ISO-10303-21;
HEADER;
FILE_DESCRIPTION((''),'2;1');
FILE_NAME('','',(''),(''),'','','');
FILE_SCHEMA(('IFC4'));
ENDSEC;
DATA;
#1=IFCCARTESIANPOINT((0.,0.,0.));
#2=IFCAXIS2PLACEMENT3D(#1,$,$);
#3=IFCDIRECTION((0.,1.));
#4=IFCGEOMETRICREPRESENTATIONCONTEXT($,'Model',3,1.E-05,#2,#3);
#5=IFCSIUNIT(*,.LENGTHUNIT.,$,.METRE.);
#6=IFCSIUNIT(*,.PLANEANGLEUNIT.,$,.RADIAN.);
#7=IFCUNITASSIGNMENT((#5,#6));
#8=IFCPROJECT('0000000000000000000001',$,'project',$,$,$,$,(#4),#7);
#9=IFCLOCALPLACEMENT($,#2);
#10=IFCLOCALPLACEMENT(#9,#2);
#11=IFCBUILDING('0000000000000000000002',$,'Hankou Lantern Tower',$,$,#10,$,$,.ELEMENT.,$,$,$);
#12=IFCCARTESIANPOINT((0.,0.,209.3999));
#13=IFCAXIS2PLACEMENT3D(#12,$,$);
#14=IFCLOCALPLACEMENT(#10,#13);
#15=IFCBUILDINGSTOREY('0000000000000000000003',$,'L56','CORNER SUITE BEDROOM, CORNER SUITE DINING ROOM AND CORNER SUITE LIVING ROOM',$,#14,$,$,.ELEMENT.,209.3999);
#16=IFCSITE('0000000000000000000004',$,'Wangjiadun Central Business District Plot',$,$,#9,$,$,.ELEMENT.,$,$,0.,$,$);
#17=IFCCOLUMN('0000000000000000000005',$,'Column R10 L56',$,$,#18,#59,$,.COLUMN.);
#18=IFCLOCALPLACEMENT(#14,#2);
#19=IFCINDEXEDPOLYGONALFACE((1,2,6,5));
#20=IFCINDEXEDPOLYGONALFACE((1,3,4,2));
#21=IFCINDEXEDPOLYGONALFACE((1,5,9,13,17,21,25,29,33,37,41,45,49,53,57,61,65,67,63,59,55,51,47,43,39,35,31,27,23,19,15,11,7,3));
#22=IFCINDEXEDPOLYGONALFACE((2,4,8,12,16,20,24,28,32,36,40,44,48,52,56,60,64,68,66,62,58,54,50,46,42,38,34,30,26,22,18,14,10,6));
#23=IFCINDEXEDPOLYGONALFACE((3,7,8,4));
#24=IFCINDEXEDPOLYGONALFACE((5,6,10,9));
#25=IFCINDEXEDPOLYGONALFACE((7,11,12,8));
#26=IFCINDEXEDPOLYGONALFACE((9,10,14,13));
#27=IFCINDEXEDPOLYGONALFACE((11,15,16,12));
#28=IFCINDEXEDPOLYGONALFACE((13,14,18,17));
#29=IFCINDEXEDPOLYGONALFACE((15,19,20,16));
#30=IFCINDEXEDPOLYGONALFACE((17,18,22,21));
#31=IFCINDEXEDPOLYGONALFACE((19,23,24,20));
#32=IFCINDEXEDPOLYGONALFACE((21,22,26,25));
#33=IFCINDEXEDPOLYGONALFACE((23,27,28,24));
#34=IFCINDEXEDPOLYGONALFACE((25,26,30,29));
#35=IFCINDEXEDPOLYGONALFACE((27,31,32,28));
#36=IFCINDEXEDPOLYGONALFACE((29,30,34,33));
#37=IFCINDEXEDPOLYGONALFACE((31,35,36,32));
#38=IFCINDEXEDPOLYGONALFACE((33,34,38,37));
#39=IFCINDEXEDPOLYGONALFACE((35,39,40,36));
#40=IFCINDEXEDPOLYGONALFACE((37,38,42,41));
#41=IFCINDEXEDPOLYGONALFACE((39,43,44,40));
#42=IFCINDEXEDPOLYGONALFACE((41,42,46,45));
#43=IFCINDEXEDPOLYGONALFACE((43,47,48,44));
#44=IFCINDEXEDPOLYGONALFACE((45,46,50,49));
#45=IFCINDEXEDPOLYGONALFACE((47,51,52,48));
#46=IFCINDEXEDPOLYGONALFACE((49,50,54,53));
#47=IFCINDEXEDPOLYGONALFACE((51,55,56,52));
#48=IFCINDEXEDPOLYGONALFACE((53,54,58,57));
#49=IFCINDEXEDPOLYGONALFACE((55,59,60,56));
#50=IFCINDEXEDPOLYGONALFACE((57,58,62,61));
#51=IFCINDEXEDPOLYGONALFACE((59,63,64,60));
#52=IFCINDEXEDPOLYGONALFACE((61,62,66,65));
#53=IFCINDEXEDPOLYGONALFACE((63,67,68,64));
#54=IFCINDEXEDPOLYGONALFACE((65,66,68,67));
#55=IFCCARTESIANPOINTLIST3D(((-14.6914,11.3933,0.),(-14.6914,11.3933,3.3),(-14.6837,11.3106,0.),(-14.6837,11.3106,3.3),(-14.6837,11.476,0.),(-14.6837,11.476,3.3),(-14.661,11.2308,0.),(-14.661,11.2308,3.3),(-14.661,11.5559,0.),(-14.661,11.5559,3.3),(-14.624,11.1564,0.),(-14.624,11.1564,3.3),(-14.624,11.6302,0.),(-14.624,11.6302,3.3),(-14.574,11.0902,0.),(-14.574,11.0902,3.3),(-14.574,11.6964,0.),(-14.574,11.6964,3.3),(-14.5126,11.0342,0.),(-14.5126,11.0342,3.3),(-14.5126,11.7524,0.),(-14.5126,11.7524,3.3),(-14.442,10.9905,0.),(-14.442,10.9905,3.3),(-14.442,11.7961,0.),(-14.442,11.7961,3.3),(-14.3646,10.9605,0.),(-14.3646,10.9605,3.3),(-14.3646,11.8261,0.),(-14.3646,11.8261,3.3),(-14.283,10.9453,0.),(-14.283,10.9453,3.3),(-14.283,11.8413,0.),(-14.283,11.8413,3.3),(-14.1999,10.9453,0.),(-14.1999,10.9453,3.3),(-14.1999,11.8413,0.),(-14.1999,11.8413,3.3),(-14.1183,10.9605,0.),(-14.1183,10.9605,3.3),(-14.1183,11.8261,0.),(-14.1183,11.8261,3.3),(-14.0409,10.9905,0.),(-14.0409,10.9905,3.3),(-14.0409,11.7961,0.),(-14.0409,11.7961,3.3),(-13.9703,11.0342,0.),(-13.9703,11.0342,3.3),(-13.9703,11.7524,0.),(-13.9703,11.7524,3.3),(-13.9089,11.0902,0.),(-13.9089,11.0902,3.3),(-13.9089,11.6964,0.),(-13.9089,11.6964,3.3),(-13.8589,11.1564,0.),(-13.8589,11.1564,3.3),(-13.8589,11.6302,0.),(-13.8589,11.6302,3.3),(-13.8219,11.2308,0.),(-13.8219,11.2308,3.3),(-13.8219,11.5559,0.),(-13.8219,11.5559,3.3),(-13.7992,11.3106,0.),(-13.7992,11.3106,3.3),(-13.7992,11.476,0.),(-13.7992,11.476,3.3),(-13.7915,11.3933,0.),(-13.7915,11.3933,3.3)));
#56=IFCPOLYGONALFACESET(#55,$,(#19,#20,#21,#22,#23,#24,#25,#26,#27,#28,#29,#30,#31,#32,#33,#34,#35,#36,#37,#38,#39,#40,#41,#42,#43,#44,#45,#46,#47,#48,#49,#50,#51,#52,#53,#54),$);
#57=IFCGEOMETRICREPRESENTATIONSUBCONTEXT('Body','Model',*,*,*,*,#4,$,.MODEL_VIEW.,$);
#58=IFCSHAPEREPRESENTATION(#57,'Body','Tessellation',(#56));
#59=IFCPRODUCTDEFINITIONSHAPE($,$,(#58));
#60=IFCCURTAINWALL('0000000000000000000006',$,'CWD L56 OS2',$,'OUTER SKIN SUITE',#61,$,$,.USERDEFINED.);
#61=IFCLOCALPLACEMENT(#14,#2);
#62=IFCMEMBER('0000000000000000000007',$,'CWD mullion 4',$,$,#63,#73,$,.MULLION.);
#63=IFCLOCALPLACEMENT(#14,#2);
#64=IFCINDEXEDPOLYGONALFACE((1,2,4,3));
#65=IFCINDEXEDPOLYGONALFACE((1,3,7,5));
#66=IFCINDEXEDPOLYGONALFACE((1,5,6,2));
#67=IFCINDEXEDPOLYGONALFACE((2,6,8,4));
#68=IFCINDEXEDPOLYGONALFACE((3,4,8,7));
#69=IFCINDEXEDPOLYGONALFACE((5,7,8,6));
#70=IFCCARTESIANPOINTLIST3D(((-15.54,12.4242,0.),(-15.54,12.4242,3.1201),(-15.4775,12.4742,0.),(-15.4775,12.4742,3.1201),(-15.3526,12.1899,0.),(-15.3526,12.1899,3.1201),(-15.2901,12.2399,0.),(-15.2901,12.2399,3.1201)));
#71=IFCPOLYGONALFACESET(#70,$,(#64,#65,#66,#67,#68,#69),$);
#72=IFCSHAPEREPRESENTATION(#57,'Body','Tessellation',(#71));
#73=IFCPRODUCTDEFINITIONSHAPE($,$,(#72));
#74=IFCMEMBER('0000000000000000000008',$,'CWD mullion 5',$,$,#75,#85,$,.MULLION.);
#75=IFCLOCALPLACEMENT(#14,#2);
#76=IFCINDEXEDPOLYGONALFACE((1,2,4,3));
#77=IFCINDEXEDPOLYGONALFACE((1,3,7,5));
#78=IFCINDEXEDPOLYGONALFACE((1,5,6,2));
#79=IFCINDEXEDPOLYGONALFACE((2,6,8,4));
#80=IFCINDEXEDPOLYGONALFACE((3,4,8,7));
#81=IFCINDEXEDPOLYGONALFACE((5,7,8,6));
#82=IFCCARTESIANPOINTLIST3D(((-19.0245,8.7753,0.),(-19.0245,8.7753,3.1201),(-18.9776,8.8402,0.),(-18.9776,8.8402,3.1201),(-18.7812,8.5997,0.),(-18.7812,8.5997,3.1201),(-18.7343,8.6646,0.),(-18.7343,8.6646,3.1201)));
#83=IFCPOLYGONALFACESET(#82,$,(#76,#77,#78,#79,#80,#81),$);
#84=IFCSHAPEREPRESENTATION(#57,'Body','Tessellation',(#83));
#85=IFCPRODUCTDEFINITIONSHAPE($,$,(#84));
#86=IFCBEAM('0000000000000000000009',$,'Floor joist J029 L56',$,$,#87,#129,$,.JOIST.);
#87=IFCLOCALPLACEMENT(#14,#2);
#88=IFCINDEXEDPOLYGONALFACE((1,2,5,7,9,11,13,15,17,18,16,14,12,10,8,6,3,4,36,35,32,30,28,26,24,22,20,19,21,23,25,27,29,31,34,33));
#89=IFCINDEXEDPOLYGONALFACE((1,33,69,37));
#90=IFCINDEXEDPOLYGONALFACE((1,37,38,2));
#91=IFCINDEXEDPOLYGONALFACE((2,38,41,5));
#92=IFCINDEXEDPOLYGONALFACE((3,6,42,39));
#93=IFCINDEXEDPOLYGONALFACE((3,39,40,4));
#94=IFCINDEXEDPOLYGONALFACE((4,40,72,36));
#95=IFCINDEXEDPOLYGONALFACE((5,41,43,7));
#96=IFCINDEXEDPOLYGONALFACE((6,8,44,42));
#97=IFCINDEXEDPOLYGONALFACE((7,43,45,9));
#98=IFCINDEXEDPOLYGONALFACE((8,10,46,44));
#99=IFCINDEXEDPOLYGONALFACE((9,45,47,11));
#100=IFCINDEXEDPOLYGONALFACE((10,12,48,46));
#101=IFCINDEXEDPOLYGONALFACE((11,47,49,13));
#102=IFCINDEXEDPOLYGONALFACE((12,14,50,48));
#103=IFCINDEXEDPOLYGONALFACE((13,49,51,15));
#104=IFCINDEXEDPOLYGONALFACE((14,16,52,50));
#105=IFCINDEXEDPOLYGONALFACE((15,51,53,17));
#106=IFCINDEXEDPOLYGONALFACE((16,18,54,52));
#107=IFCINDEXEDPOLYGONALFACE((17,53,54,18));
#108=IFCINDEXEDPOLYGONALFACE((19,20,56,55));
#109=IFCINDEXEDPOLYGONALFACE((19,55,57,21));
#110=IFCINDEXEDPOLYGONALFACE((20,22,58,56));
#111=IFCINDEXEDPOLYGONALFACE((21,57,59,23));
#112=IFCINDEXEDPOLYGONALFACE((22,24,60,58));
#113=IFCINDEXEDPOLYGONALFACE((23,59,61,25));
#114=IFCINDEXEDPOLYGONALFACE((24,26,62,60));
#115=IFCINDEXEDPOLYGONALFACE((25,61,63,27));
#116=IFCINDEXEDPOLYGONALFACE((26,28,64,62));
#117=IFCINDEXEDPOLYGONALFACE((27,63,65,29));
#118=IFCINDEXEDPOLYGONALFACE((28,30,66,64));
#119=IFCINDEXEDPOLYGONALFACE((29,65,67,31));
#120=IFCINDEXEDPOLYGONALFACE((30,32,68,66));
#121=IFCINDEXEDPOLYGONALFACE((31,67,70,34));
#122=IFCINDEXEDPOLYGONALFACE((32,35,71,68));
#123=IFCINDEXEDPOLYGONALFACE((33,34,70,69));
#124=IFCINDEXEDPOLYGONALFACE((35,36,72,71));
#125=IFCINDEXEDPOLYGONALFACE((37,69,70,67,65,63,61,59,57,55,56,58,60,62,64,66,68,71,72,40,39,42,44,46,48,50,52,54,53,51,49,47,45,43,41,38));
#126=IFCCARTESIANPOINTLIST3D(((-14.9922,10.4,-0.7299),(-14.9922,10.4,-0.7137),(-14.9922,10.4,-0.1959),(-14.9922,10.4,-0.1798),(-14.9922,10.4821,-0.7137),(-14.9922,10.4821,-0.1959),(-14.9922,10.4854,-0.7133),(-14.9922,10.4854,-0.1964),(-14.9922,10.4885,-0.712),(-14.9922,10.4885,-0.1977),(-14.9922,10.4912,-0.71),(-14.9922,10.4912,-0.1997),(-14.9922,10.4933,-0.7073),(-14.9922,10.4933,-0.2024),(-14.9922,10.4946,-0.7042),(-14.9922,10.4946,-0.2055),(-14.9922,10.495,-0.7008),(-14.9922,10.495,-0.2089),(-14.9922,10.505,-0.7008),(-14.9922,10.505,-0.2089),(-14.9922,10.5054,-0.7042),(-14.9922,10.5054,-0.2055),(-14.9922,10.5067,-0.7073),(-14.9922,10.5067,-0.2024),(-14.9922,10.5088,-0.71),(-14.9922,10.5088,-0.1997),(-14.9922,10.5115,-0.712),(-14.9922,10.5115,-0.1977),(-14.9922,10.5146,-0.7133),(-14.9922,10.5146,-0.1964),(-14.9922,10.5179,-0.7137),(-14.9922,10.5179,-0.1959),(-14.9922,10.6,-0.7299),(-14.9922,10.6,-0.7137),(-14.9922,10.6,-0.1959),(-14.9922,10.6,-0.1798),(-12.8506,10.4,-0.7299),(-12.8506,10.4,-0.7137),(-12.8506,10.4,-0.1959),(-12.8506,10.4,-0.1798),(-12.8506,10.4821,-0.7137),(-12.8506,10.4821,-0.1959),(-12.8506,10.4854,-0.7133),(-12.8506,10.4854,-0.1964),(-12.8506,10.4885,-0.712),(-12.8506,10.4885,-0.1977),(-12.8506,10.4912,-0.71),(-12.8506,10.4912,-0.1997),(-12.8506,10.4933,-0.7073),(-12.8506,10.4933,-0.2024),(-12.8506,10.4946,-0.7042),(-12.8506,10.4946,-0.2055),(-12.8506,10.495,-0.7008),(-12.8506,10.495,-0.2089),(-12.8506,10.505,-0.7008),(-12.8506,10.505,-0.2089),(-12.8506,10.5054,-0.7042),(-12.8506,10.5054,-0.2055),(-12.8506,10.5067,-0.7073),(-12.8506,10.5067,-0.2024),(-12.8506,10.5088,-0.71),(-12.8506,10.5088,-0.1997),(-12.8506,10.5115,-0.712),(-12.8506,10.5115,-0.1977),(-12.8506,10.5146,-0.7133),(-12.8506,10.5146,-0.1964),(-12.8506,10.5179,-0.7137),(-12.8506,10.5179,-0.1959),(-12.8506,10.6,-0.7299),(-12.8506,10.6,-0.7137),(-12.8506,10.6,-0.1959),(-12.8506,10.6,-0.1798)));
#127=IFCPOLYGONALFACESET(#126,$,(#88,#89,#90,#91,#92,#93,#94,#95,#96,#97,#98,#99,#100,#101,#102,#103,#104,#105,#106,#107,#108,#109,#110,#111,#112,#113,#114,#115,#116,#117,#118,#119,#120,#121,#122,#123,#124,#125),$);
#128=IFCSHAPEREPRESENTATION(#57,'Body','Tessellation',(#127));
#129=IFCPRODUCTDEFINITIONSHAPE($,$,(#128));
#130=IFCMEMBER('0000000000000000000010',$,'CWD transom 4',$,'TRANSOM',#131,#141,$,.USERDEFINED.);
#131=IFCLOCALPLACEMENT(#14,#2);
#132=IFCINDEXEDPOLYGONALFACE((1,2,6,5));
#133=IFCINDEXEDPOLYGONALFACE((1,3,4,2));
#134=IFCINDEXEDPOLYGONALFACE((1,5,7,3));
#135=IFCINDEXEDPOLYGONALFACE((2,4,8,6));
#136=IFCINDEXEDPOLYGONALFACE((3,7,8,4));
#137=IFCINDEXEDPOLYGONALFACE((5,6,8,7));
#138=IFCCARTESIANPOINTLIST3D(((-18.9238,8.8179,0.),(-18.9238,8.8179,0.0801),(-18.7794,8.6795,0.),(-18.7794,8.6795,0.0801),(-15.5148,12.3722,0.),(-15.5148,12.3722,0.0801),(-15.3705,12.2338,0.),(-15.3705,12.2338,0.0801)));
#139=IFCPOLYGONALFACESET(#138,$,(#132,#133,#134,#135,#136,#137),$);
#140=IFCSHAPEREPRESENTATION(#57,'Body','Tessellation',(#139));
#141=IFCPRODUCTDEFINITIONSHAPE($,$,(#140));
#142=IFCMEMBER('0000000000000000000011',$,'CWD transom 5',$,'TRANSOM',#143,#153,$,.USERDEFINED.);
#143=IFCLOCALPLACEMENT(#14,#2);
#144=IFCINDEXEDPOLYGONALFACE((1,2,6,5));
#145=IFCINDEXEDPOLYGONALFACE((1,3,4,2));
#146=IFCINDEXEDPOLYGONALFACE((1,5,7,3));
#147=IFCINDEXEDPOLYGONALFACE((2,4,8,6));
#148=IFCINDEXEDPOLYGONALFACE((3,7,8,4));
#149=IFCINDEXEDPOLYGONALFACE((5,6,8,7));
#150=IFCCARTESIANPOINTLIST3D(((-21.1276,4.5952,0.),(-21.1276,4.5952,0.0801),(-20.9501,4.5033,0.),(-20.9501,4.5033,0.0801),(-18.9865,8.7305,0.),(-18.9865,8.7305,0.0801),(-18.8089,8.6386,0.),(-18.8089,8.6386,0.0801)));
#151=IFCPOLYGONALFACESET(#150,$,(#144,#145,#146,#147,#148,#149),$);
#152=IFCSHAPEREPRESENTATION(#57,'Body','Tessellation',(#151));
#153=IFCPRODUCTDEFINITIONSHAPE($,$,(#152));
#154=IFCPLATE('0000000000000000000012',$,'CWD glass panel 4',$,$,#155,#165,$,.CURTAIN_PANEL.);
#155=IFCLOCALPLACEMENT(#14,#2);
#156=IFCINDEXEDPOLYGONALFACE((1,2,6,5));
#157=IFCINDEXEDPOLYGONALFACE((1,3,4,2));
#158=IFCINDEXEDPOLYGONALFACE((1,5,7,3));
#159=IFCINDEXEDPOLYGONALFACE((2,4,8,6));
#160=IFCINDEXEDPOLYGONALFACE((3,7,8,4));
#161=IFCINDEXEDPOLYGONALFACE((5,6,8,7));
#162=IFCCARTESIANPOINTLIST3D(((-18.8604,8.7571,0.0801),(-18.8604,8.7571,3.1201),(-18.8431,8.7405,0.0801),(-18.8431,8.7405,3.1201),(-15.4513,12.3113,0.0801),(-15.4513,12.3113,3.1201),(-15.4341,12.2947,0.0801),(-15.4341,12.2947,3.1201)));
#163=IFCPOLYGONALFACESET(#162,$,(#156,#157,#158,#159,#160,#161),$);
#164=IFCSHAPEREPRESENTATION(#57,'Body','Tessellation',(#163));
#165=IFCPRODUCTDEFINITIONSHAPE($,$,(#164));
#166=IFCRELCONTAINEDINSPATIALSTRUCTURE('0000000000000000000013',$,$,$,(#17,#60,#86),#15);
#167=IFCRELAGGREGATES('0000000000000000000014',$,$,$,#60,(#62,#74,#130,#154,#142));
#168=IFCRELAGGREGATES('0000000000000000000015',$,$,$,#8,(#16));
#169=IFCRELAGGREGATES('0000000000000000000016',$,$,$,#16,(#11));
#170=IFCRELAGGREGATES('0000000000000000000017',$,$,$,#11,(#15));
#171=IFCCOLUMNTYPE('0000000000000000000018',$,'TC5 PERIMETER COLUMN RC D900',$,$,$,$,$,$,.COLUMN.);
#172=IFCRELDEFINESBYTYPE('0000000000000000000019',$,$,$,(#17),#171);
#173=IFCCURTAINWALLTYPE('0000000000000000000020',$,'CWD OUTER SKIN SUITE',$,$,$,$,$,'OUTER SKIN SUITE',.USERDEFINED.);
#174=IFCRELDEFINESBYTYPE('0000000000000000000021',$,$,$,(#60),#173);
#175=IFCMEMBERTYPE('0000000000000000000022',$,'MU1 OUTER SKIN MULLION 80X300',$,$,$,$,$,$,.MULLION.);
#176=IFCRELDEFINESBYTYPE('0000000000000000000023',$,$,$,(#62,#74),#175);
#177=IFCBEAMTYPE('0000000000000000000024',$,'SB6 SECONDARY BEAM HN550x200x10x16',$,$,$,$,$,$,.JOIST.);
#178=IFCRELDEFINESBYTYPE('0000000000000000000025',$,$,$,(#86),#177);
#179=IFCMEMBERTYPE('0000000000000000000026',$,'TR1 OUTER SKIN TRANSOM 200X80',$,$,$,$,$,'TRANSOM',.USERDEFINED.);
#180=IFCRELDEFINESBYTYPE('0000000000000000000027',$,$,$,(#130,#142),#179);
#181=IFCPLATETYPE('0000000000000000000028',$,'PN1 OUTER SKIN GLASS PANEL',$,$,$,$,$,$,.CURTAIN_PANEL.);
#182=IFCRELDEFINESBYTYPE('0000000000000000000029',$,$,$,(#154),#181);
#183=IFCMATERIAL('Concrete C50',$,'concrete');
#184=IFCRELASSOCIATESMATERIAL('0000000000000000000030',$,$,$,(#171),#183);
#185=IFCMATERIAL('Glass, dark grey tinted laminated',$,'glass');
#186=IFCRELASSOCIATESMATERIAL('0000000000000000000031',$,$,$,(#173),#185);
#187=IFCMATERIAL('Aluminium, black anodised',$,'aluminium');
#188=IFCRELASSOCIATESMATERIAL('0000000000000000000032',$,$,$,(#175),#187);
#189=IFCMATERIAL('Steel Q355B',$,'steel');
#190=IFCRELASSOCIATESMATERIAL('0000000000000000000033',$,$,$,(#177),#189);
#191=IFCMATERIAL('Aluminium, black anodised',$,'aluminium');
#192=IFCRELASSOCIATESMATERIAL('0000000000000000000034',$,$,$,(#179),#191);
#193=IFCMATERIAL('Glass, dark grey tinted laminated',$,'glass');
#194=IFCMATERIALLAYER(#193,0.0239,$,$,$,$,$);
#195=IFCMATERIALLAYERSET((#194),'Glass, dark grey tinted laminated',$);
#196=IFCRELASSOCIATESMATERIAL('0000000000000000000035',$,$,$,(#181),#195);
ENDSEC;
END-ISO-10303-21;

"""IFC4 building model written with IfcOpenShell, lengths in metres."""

from ifc_helpers import new_model, si_unit, direction, frame, origin, origin_2d, place, context, subcontext, project, spatial, rectangle, circle, i_section, extrude, material, layer, layer_set, material_profile, profile_set, type_object, element, aggregate, save


model = new_model("IFC4")

# Units and contexts
model_context = context("Model", 3, precision=1e-05, world=origin(), true_north=direction((0.0, 1.0)))
body_context = subcontext(model_context, "Body", "Model", "MODEL_VIEW")
ifc_project = project(units=[si_unit("LENGTHUNIT", "METRE"), si_unit("PLANEANGLEUNIT", "RADIAN")], contexts=[model_context])

# Site, building, storey
site_placement = place(None, origin())
site = spatial("IfcSite", under=ifc_project, at=site_placement, Name="Wangjiadun Central Business District Plot", CompositionType="ELEMENT", RefElevation=0.0)
building_placement = place(site_placement, origin())
building = spatial("IfcBuilding", under=site, at=building_placement, Name="Hankou Lantern Tower", CompositionType="ELEMENT")
storey_placement = place(building_placement, frame((0.0, 0.0, 209.3999)))
storey = spatial("IfcBuildingStorey", under=building, at=storey_placement, Name="L56", Description="CORNER SUITE BEDROOM, CORNER SUITE DINING ROOM AND CORNER SUITE LIVING ROOM", CompositionType="ELEMENT", Elevation=209.3999)

# Column
ifc_material_1 = material(Name="Concrete C50", Category="concrete")
ifc_material_profile_1 = material_profile(ifc_material_1, circle(Radius=0.45, at=origin_2d()), Name="RC D900")
ifc_profile_set_1 = profile_set([ifc_material_profile_1], Name="Concrete C50")
column_type = type_object("IfcColumnType", Name="TC5 PERIMETER COLUMN RC D900", PredefinedType="COLUMN", material=ifc_profile_set_1)
column_placement = place(storey_placement, frame((-14.2415, 11.3933, 0.0), z_axis=(0.0, 0.0, 1.0), x_axis=(1.0, 0.0, 0.0)))
element("IfcColumn", 1, at=column_placement, inside=storey, type_object=column_type, Name="Column R10 L56", PredefinedType="COLUMN", context=body_context, shape_type="SweptSolid", body=[
    extrude(circle(Radius=0.45, at=origin_2d()), origin(), (0.0, 0.0, 1.0), 3.3),
])

# Curtain wall, members
ifc_material_2 = material(Name="Glass, dark grey tinted laminated", Category="glass")
curtain_wall_type = type_object("IfcCurtainWallType", Name="CWD OUTER SKIN SUITE", ElementType="OUTER SKIN SUITE", PredefinedType="USERDEFINED", material=ifc_material_2)
curtain_wall_placement = place(storey_placement, origin())
curtain_wall = element("IfcCurtainWall", 2, at=curtain_wall_placement, inside=storey, type_object=curtain_wall_type, Name="CWD L56 OS2", ObjectType="OUTER SKIN SUITE", PredefinedType="USERDEFINED")
ifc_material_3 = material(Name="Aluminium, black anodised", Category="aluminium")
ifc_material_profile_2 = material_profile(ifc_material_3, rectangle(XDim=0.0801, YDim=0.3, at=origin_2d()), Name="MU1 80X300")
ifc_profile_set_2 = profile_set([ifc_material_profile_2], Name="Aluminium, black anodised")
member_type_1 = type_object("IfcMemberType", Name="MU1 OUTER SKIN MULLION 80X300", PredefinedType="MULLION", material=ifc_profile_set_2)
member_1_placement = place(storey_placement, frame((-15.415, 12.332, 0.0), z_axis=(0.0, 0.0, 1.0), x_axis=(-0.780869, -0.624695, 0.0)))
member_1 = element("IfcMember", 3, at=member_1_placement, type_object=member_type_1, Name="CWD mullion 4", PredefinedType="MULLION", context=body_context, shape_type="SweptSolid", body=[
    extrude(rectangle(XDim=0.0801, YDim=0.3, at=origin_2d()), origin(), (0.0, 0.0, 1.0), 3.1201),
])
member_2_placement = place(storey_placement, frame((-18.8794, 8.72, 0.0), z_axis=(0.0, 0.0, 1.0), x_axis=(-0.585206, -0.810885, 0.0)))
member_2 = element("IfcMember", 4, at=member_2_placement, type_object=member_type_1, Name="CWD mullion 5", PredefinedType="MULLION", context=body_context, shape_type="SweptSolid", body=[
    extrude(rectangle(XDim=0.0801, YDim=0.3, at=origin_2d()), origin(), (0.0, 0.0, 1.0), 3.1201),
])

# Beam
ifc_material_4 = material(Name="Steel Q355B", Category="steel")
ifc_material_profile_3 = material_profile(ifc_material_4, i_section(OverallWidth=0.2, OverallDepth=0.55, WebThickness=0.01, FlangeThickness=0.0161, FilletRadius=0.0129, at=origin_2d()), Name="HN550x200x10x16")
ifc_profile_set_3 = profile_set([ifc_material_profile_3], Name="Steel Q355B")
beam_type = type_object("IfcBeamType", Name="SB6 SECONDARY BEAM HN550x200x10x16", PredefinedType="JOIST", material=ifc_profile_set_3)
beam_placement = place(storey_placement, frame((-14.9922, 10.5, -0.4548), z_axis=(1.0, 0.0, 0.0), x_axis=(0.0, 1.0, 0.0)))
element("IfcBeam", 5, at=beam_placement, inside=storey, type_object=beam_type, Name="Floor joist J029 L56", PredefinedType="JOIST", context=body_context, shape_type="SweptSolid", body=[
    extrude(i_section(OverallWidth=0.2, OverallDepth=0.55, WebThickness=0.01, FlangeThickness=0.0161, FilletRadius=0.0129, at=origin_2d()), origin(), (0.0, 0.0, 1.0), 2.1416),
])

# Members
ifc_material_5 = material(Name="Aluminium, black anodised", Category="aluminium")
ifc_material_profile_4 = material_profile(ifc_material_5, rectangle(XDim=0.2, YDim=0.0801, at=origin_2d()), Name="TR1 200X80")
ifc_profile_set_4 = profile_set([ifc_material_profile_4], Name="Aluminium, black anodised")
member_type_2 = type_object("IfcMemberType", Name="TR1 OUTER SKIN TRANSOM 200X80", ElementType="TRANSOM", PredefinedType="USERDEFINED", material=ifc_profile_set_4)
member_3_placement = place(storey_placement, frame((-15.4426, 12.303, 0.04), z_axis=(-0.692205, -0.721701, 0.0), x_axis=(0.721701, -0.692205, 0.0)))
member_3 = element("IfcMember", 6, at=member_3_placement, type_object=member_type_2, Name="CWD transom 4", ObjectType="TRANSOM", PredefinedType="USERDEFINED", context=body_context, shape_type="SweptSolid", body=[
    extrude(rectangle(XDim=0.2, YDim=0.0801, at=origin_2d()), origin(), (0.0, 0.0, 1.0), 4.9248),
])
member_4_placement = place(storey_placement, frame((-18.8977, 8.6846, 0.04), z_axis=(-0.459794, -0.888026, 0.0), x_axis=(0.888026, -0.459794, 0.0)))
member_4 = element("IfcMember", 7, at=member_4_placement, type_object=member_type_2, Name="CWD transom 5", ObjectType="TRANSOM", PredefinedType="USERDEFINED", context=body_context, shape_type="SweptSolid", body=[
    extrude(rectangle(XDim=0.2, YDim=0.0801, at=origin_2d()), origin(), (0.0, 0.0, 1.0), 4.6567),
])

# Plate
ifc_material_6 = material(Name="Glass, dark grey tinted laminated", Category="glass")
ifc_layer_1 = layer(ifc_material_6, 0.0239)
ifc_layer_set_1 = layer_set([ifc_layer_1], Name="Glass, dark grey tinted laminated")
plate_type = type_object("IfcPlateType", Name="PN1 OUTER SKIN GLASS PANEL", PredefinedType="CURTAIN_PANEL", material=ifc_layer_set_1)
plate_placement = place(storey_placement, frame((-17.1472, 10.5259, 0.0801), z_axis=(0.0, 0.0, 1.0), x_axis=(-0.692216, -0.721691, 0.0)))
plate = element("IfcPlate", 8, at=plate_placement, type_object=plate_type, Name="CWD glass panel 4", PredefinedType="CURTAIN_PANEL", context=body_context, shape_type="SweptSolid", body=[
    extrude(rectangle(XDim=4.9248, YDim=0.0239, at=origin_2d()), origin(), (0.0, 0.0, 1.0), 3.04),
])
aggregate(curtain_wall, [member_1, member_2, member_3, plate, member_4])

save(model, "model.ifc")
